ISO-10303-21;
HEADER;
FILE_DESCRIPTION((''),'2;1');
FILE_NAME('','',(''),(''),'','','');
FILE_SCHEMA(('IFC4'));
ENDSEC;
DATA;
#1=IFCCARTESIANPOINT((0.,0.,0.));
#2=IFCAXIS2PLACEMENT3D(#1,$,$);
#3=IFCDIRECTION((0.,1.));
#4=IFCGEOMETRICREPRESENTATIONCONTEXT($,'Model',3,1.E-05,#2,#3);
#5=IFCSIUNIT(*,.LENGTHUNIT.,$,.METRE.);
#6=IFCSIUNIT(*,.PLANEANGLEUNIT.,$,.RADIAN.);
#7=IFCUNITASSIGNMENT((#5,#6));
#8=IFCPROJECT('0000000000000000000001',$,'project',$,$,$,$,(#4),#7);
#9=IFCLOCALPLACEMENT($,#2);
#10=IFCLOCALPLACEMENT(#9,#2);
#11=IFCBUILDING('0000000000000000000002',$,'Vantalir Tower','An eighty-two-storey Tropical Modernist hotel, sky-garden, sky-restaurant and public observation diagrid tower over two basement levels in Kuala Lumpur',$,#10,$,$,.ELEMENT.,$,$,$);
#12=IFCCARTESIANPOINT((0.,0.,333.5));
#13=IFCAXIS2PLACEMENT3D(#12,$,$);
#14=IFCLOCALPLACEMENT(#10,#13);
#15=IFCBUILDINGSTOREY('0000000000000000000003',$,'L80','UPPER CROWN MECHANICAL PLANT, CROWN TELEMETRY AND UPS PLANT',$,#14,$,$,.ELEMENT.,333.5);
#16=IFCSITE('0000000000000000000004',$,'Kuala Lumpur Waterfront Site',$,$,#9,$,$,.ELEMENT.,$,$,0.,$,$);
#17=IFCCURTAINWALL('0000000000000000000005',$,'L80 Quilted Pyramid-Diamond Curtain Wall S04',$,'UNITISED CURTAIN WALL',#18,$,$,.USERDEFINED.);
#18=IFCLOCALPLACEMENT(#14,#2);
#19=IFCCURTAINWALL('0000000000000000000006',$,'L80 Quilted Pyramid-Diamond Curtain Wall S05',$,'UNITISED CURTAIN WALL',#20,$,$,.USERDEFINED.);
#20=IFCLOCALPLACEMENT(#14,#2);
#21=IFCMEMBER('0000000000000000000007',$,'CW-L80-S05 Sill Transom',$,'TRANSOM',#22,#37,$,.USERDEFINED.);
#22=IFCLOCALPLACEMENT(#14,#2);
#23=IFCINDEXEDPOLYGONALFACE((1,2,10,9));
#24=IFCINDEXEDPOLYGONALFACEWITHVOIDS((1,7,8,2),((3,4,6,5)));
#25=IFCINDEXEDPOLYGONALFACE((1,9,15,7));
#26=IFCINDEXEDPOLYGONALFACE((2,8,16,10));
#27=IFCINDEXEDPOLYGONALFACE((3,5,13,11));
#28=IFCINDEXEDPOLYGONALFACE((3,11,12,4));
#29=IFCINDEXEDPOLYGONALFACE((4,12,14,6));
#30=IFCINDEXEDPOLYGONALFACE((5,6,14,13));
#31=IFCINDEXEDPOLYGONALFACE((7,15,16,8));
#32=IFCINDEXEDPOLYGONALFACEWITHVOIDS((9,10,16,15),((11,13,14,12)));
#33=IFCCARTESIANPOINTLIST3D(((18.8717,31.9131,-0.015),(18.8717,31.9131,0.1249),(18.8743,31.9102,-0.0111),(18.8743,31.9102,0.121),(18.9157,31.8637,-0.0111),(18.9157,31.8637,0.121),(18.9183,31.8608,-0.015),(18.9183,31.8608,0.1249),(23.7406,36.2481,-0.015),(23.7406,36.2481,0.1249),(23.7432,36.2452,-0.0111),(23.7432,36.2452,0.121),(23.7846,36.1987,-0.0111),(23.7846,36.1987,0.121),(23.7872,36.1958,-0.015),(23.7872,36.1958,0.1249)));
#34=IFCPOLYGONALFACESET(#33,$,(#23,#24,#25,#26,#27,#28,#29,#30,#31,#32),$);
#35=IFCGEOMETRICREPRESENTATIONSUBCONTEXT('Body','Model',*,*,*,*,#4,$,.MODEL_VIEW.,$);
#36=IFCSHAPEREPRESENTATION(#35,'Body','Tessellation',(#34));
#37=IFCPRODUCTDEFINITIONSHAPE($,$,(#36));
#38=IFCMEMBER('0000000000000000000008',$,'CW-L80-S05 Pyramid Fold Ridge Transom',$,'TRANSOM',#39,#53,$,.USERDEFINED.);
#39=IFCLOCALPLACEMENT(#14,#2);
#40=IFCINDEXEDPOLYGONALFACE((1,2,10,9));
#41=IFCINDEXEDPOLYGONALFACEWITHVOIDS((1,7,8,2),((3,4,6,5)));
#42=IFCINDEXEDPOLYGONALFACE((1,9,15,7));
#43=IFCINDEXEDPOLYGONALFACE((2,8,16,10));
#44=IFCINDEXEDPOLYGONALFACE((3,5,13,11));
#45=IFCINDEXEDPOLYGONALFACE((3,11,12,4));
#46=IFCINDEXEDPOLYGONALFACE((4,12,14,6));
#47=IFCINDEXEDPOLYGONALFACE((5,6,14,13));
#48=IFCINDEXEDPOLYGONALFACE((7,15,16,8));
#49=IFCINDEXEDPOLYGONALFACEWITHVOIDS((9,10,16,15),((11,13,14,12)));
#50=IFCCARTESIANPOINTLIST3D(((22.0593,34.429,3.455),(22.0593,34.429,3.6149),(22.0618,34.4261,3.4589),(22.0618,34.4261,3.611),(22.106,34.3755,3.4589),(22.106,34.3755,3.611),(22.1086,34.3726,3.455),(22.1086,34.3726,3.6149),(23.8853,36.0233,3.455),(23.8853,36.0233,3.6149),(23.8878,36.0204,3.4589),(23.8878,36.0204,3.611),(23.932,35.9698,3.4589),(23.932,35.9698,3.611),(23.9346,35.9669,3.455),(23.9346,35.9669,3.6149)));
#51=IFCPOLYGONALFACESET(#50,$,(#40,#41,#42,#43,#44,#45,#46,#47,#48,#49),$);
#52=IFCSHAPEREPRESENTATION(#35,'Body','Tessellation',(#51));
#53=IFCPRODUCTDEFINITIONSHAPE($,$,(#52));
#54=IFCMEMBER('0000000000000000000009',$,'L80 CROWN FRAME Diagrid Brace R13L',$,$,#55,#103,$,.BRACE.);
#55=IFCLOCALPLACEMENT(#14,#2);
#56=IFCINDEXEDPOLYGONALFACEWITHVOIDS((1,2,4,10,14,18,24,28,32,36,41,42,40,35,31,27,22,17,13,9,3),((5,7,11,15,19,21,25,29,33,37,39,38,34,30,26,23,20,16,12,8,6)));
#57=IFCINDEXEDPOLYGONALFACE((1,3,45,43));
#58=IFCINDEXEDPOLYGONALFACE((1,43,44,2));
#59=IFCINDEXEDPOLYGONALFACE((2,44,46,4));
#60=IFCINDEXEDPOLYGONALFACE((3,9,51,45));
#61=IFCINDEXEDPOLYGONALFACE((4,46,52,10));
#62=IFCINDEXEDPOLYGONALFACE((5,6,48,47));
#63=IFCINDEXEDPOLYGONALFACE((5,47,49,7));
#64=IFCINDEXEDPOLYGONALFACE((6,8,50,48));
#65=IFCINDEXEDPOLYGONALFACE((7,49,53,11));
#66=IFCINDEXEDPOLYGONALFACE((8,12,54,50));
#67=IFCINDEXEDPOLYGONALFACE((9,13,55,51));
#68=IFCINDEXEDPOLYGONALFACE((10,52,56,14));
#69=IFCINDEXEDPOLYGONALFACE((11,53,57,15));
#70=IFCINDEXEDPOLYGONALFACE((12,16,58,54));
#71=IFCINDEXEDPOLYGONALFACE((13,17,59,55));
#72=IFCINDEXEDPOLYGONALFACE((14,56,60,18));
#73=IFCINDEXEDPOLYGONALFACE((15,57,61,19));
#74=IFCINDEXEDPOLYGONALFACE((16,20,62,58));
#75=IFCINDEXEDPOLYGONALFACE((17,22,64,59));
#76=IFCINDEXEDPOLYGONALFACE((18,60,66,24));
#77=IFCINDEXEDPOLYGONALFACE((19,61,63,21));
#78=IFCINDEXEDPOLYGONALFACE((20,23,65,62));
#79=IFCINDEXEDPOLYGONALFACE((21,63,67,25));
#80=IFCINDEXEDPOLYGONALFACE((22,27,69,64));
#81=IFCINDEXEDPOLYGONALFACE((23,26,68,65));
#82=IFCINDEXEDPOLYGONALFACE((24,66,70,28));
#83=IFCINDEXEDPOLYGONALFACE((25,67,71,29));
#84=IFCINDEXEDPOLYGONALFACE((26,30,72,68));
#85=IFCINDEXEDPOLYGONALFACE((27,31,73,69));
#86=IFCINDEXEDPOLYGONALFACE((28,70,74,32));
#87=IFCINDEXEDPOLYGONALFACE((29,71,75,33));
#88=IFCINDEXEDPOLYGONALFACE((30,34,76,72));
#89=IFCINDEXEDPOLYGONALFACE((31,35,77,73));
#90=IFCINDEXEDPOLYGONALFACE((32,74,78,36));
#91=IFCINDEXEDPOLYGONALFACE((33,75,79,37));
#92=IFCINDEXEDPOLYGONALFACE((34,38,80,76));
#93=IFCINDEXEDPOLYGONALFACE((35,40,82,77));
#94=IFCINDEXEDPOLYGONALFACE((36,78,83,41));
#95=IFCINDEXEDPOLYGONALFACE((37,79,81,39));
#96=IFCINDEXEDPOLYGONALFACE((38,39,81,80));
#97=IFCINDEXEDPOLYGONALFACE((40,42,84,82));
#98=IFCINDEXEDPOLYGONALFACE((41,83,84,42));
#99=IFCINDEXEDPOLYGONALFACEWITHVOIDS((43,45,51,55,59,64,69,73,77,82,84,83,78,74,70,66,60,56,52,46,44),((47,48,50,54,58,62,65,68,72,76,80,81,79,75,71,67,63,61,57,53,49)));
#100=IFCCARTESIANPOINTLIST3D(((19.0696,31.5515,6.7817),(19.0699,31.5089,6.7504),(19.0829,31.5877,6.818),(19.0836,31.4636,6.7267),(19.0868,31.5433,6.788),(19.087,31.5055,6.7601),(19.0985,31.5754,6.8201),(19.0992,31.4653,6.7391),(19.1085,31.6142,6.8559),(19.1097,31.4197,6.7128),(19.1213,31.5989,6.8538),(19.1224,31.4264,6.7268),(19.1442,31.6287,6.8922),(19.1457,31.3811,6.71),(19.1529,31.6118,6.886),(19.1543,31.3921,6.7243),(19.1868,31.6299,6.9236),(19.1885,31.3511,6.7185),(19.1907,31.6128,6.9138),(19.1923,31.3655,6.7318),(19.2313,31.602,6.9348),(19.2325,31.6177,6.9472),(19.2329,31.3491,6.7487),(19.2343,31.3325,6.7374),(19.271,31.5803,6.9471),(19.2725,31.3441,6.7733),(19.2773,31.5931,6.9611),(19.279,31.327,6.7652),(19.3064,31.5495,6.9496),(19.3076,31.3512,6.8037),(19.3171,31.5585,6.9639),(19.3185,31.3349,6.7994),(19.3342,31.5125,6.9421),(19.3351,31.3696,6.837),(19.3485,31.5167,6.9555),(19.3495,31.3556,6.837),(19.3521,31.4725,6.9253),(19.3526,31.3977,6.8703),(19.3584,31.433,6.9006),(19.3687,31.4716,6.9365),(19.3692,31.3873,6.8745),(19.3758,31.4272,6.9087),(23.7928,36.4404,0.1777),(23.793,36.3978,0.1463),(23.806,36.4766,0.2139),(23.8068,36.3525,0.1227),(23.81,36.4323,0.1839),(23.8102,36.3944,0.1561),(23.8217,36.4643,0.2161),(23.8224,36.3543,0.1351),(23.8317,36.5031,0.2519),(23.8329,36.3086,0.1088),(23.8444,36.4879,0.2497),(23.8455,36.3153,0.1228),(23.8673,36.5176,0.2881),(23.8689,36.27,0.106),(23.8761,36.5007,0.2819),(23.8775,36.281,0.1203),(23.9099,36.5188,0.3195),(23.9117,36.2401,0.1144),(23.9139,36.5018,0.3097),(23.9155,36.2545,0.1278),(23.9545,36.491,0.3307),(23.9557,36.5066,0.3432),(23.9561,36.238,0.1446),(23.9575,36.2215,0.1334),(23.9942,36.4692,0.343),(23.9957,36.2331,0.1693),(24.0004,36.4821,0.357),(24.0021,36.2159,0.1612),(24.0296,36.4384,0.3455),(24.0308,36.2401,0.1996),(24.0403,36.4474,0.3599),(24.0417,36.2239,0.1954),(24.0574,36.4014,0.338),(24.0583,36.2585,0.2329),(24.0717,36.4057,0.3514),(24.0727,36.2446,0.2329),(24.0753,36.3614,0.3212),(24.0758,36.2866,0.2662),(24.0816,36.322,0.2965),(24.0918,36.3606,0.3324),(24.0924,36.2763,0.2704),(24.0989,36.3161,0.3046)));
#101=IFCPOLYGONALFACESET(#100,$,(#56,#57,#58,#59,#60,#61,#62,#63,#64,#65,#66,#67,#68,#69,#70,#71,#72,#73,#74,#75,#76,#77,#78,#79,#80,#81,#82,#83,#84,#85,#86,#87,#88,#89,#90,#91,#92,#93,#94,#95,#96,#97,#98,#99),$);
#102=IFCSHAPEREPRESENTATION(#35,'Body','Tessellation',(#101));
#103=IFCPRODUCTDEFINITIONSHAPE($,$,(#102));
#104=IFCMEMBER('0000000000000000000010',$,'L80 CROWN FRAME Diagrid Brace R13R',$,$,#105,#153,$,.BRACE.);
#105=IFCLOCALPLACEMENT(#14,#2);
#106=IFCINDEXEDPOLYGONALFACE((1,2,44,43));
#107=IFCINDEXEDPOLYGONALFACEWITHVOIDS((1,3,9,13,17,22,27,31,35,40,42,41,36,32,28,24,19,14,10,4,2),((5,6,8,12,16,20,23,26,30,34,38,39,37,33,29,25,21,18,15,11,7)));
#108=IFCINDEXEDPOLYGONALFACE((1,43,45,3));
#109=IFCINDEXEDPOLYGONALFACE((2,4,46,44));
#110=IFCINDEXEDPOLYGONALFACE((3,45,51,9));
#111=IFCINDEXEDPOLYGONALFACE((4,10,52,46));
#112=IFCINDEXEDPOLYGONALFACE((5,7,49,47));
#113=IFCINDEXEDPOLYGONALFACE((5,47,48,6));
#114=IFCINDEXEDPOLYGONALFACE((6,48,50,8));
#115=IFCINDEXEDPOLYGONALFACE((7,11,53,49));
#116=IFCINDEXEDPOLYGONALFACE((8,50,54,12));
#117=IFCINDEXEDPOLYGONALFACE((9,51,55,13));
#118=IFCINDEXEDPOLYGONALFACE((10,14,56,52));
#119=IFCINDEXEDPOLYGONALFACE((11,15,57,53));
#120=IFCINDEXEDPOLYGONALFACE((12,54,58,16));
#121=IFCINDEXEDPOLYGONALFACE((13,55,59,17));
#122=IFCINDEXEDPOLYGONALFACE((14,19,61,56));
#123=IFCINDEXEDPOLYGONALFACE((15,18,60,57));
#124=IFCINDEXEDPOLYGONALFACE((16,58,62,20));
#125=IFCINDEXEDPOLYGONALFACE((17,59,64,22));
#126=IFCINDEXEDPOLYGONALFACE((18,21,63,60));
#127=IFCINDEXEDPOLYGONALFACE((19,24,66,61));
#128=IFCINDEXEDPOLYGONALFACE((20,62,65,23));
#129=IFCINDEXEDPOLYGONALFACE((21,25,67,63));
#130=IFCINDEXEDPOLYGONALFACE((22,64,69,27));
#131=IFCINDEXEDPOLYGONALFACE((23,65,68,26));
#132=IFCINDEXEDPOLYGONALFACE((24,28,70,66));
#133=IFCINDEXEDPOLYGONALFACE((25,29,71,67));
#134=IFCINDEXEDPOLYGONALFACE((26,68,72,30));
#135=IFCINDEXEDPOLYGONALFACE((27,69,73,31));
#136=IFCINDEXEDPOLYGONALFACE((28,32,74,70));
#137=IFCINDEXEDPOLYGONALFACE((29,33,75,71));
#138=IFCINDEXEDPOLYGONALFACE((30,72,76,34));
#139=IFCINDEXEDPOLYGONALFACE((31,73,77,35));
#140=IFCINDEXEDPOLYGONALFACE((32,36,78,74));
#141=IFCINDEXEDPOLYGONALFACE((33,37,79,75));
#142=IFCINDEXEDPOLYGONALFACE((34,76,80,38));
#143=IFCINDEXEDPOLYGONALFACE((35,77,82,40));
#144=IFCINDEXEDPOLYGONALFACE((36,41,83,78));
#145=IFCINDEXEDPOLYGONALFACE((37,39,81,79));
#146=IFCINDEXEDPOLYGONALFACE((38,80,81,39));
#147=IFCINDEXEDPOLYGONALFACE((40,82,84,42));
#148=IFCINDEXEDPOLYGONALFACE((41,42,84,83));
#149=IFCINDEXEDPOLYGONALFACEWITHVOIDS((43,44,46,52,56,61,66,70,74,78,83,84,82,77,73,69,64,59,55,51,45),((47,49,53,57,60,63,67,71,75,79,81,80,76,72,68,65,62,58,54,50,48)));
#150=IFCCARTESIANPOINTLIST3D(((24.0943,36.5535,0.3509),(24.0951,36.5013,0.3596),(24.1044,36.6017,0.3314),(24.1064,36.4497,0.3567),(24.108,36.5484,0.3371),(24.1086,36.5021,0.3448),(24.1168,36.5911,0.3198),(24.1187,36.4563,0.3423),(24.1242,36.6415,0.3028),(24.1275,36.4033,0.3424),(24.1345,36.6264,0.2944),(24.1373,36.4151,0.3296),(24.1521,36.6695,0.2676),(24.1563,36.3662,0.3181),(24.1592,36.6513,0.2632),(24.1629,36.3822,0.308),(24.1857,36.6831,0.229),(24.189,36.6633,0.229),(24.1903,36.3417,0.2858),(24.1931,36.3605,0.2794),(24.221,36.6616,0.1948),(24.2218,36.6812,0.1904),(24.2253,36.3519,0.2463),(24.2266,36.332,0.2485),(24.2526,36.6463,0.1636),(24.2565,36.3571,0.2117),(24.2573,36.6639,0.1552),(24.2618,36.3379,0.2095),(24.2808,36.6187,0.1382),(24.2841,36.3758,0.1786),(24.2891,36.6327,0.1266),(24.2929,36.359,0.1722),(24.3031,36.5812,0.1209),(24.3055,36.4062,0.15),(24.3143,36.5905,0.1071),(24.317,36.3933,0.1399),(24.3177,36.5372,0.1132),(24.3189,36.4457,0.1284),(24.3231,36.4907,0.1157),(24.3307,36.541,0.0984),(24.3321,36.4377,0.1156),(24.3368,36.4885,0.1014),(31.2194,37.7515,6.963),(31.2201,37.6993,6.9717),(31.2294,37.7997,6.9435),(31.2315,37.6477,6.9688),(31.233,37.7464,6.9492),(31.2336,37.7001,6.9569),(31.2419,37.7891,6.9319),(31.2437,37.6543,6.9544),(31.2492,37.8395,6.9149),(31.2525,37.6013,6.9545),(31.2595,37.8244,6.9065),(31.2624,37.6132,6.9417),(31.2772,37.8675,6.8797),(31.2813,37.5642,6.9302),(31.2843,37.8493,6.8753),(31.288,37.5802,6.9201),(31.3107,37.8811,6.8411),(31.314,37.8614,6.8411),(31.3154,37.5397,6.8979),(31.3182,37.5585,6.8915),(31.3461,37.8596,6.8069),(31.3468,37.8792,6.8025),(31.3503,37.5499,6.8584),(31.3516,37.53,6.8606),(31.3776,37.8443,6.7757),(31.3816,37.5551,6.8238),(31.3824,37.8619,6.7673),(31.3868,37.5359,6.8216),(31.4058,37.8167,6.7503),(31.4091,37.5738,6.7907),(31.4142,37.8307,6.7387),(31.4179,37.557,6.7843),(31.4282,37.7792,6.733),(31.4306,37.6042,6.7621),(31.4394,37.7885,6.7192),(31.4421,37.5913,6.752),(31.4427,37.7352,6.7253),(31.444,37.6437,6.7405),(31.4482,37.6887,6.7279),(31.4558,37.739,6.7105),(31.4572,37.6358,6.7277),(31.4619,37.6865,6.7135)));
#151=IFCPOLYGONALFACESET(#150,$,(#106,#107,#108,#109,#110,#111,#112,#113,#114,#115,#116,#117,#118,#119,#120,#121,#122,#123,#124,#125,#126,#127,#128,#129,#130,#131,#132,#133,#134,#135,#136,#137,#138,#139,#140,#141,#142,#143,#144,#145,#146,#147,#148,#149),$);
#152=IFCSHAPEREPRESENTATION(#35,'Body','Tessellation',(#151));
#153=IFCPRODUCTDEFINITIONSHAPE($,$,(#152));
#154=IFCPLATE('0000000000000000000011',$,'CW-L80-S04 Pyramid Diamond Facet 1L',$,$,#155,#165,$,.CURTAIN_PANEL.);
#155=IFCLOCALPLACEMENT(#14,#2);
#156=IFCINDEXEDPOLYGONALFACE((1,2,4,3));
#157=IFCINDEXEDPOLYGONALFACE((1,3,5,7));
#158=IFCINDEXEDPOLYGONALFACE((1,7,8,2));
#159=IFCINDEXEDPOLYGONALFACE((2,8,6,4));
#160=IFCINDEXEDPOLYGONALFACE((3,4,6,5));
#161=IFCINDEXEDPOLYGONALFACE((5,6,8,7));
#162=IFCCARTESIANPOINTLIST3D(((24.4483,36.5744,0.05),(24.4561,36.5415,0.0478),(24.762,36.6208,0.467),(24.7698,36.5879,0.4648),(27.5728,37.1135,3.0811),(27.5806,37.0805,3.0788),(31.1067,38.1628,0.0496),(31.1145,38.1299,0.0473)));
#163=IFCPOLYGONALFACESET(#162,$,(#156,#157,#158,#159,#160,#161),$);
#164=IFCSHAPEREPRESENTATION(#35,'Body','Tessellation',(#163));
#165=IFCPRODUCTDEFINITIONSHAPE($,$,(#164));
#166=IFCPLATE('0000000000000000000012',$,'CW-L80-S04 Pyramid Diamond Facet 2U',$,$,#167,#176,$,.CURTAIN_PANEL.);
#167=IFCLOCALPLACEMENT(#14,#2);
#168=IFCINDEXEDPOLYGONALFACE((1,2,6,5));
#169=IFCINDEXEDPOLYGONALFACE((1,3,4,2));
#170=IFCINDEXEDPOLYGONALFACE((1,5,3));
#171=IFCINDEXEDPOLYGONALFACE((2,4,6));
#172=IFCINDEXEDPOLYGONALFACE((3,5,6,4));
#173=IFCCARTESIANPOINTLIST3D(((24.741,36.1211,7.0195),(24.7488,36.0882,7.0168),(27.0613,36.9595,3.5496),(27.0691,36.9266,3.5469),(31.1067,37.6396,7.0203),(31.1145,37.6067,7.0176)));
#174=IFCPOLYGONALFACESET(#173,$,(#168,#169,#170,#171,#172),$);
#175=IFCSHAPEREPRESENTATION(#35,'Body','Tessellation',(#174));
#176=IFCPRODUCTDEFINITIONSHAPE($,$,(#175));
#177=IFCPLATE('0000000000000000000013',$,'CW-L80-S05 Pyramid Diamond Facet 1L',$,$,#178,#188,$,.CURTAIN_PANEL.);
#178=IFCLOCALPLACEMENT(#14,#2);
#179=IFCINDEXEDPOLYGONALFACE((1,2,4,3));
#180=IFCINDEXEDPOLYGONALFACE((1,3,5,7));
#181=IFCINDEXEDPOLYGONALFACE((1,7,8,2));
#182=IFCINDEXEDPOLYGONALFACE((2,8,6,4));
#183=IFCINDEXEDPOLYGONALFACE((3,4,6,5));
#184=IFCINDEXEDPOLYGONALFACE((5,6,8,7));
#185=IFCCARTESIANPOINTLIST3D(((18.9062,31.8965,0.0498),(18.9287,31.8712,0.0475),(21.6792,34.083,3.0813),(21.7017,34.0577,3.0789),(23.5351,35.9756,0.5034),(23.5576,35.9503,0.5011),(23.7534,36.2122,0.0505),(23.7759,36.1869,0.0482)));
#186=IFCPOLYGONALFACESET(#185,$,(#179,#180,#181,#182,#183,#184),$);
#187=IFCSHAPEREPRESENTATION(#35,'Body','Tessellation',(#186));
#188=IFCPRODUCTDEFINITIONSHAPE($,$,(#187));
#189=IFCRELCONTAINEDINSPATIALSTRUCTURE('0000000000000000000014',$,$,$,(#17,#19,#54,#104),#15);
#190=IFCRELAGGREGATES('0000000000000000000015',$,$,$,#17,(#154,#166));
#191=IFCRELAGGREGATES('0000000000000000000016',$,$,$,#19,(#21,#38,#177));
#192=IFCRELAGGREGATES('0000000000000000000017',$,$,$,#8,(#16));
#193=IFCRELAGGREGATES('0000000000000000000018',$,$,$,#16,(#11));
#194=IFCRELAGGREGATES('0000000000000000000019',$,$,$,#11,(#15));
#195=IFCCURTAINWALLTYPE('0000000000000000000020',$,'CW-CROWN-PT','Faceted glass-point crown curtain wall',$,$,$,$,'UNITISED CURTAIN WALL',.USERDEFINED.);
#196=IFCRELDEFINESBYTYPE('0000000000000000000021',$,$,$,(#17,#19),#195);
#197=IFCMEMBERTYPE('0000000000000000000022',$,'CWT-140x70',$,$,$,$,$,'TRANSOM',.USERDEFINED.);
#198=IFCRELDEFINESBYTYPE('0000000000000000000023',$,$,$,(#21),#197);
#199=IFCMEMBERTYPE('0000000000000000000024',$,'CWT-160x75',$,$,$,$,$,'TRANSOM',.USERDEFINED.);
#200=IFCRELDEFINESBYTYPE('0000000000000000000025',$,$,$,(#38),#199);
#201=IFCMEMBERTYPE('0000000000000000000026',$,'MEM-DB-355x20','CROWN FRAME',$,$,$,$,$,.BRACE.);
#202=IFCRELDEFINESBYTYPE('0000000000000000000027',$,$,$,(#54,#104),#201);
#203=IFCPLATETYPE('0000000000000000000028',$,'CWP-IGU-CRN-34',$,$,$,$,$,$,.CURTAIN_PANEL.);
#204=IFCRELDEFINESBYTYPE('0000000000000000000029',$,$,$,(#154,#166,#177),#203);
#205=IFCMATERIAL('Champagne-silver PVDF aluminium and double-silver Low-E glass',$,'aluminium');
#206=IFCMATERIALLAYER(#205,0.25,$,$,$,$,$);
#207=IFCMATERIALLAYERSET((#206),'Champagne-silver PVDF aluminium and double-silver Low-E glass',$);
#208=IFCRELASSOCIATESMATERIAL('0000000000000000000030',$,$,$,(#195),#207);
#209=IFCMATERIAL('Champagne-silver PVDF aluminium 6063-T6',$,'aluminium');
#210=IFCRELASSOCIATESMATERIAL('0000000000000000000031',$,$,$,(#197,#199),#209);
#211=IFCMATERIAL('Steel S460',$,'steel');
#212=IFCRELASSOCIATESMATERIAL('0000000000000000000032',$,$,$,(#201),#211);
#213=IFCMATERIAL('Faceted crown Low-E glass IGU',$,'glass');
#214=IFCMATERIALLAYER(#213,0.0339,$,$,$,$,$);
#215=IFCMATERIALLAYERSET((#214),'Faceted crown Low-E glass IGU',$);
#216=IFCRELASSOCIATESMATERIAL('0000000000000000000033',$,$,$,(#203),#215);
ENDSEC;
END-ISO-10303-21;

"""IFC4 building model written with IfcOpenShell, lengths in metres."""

from ifc_helpers import new_model, si_unit, direction, frame, origin, origin_2d, place, context, subcontext, project, spatial, polyline, hollow_rectangle, hollow_circle, outline, extrude, material, layer, layer_set, material_profile, profile_set, type_object, element, aggregate, save


model = new_model("IFC4")

# Units and contexts
model_context = context("Model", 3, precision=1e-05, world=origin(), true_north=direction((0.0, 1.0)))
body_context = subcontext(model_context, "Body", "Model", "MODEL_VIEW")
ifc_project = project(units=[si_unit("LENGTHUNIT", "METRE"), si_unit("PLANEANGLEUNIT", "RADIAN")], contexts=[model_context])

# Site, building, storey
site_placement = place(None, origin())
site = spatial("IfcSite", under=ifc_project, at=site_placement, Name="Kuala Lumpur Waterfront Site", CompositionType="ELEMENT", RefElevation=0.0)
building_placement = place(site_placement, origin())
building = spatial("IfcBuilding", under=site, at=building_placement, Name="Vantalir Tower", Description="An eighty-two-storey Tropical Modernist hotel, sky-garden, sky-restaurant and public observation diagrid tower over two basement levels in Kuala Lumpur", CompositionType="ELEMENT")
storey_placement = place(building_placement, frame((0.0, 0.0, 333.5)))
storey = spatial("IfcBuildingStorey", under=building, at=storey_placement, Name="L80", Description="UPPER CROWN MECHANICAL PLANT, CROWN TELEMETRY AND UPS PLANT", CompositionType="ELEMENT", Elevation=333.5)

# Shared definitions
ifc_material_1 = material(Name="Steel S460", Category="steel")

# Curtain wall
ifc_material_2 = material(Name="Champagne-silver PVDF aluminium and double-silver Low-E glass", Category="aluminium")
ifc_layer_1 = layer(ifc_material_2, 0.25)
ifc_layer_set_1 = layer_set([ifc_layer_1], Name="Champagne-silver PVDF aluminium and double-silver Low-E glass")
curtain_wall_type = type_object("IfcCurtainWallType", Name="CW-CROWN-PT", Description="Faceted glass-point crown curtain wall", ElementType="UNITISED CURTAIN WALL", PredefinedType="USERDEFINED", material=ifc_layer_set_1)
curtain_wall_1_placement = place(storey_placement, origin())
curtain_wall_1 = element("IfcCurtainWall", 1, at=curtain_wall_1_placement, inside=storey, type_object=curtain_wall_type, Name="L80 Quilted Pyramid-Diamond Curtain Wall S04", ObjectType="UNITISED CURTAIN WALL", PredefinedType="USERDEFINED")
ifc_material_3 = material(Name="Champagne-silver PVDF aluminium 6063-T6", Category="aluminium")

# Curtain wall, members
curtain_wall_2_placement = place(storey_placement, origin())
curtain_wall_2 = element("IfcCurtainWall", 2, at=curtain_wall_2_placement, inside=storey, type_object=curtain_wall_type, Name="L80 Quilted Pyramid-Diamond Curtain Wall S05", ObjectType="UNITISED CURTAIN WALL", PredefinedType="USERDEFINED")
ifc_material_profile_1 = material_profile(ifc_material_3, hollow_rectangle(XDim=0.0701, YDim=0.1399, WallThickness=0.0039, at=origin_2d()), Name="Champagne-silver PVDF aluminium 6063-T6")
ifc_profile_set_1 = profile_set([ifc_material_profile_1], Name="Champagne-silver PVDF aluminium 6063-T6")
member_type_1 = type_object("IfcMemberType", Name="CWT-140x70", ElementType="TRANSOM", PredefinedType="USERDEFINED", material=ifc_profile_set_1)
member_1_placement = place(storey_placement, frame((23.7639, 36.2219, 0.0549), z_axis=(-0.746872, -0.664968, 0.0), x_axis=(0.664968, -0.746872, 0.0)))
member_1 = element("IfcMember", 3, at=member_1_placement, type_object=member_type_1, Name="CW-L80-S05 Sill Transom", ObjectType="TRANSOM", PredefinedType="USERDEFINED", context=body_context, shape_type="SweptSolid", body=[
    extrude(hollow_rectangle(XDim=0.0701, YDim=0.1399, WallThickness=0.0039, at=origin_2d()), origin(), (0.0, 0.0, 1.0), 6.519),
])
ifc_material_profile_2 = material_profile(ifc_material_3, hollow_rectangle(XDim=0.075, YDim=0.1599, WallThickness=0.0039, at=origin_2d()), Name="Champagne-silver PVDF aluminium 6063-T6")
ifc_profile_set_2 = profile_set([ifc_material_profile_2], Name="Champagne-silver PVDF aluminium 6063-T6")
member_type_2 = type_object("IfcMemberType", Name="CWT-160x75", ElementType="TRANSOM", PredefinedType="USERDEFINED", material=ifc_profile_set_2)
member_2_placement = place(storey_placement, frame((23.9099, 35.9951, 3.5349), z_axis=(-0.753281, -0.657698, 0.0), x_axis=(0.657698, -0.753281, 0.0)))
member_2 = element("IfcMember", 4, at=member_2_placement, type_object=member_type_2, Name="CW-L80-S05 Pyramid Fold Ridge Transom", ObjectType="TRANSOM", PredefinedType="USERDEFINED", context=body_context, shape_type="SweptSolid", body=[
    extrude(hollow_rectangle(XDim=0.075, YDim=0.1599, WallThickness=0.0039, at=origin_2d()), origin(), (0.0, 0.0, 1.0), 2.4241),
])

# Members
ifc_material_profile_3 = material_profile(ifc_material_1, hollow_circle(Radius=0.1775, WallThickness=0.02, at=origin_2d()), Name="Steel S460")
ifc_profile_set_3 = profile_set([ifc_material_profile_3], Name="Steel S460")
member_type_3 = type_object("IfcMemberType", Name="MEM-DB-355x20", Description="CROWN FRAME", PredefinedType="BRACE", material=ifc_profile_set_3)
member_3_placement = place(storey_placement, frame((23.9451, 36.3679, 0.2329), z_axis=(-0.498355, -0.515846, 0.696811), x_axis=(0.719195, -0.694809, 0.0)))
element("IfcMember", 5, at=member_3_placement, inside=storey, type_object=member_type_3, Name="L80 CROWN FRAME Diagrid Brace R13L", PredefinedType="BRACE", context=body_context, shape_type="SweptSolid", body=[
    extrude(hollow_circle(Radius=0.1775, WallThickness=0.02, at=origin_2d()), origin(), (0.0, 0.0, 1.0), 9.4775),
])
member_4_placement = place(storey_placement, frame((24.2151, 36.5081, 0.229), z_axis=(0.727495, 0.122321, 0.675121), x_axis=(-0.165813, 0.986157, 0.0)))
element("IfcMember", 6, at=member_4_placement, inside=storey, type_object=member_type_3, Name="L80 CROWN FRAME Diagrid Brace R13R", PredefinedType="BRACE", context=body_context, shape_type="SweptSolid", body=[
    extrude(hollow_circle(Radius=0.1775, WallThickness=0.02, at=origin_2d()), origin(), (0.0, 0.0, 1.0), 9.7939),
])

# Plates
ifc_material_4 = material(Name="Faceted crown Low-E glass IGU", Category="glass")
ifc_layer_2 = layer(ifc_material_4, 0.0339)
ifc_layer_set_2 = layer_set([ifc_layer_2], Name="Faceted crown Low-E glass IGU")
plate_type_1 = type_object("IfcPlateType", Name="CWP-IGU-CRN-34", PredefinedType="CURTAIN_PANEL", material=ifc_layer_set_2)
plate_1_placement = place(storey_placement, frame((31.1067, 38.1628, 0.0496), z_axis=(-0.231538, 0.97058, 0.066064), x_axis=(-0.972704, -0.23205, 0.000071)))
plate_1 = element("IfcPlate", 7, at=plate_1_placement, type_object=plate_type_1, Name="CW-L80-S04 Pyramid Diamond Facet 1L", PredefinedType="CURTAIN_PANEL", context=body_context, shape_type="SweptSolid", body=[
    extrude(outline(polyline([(0.0, 0.0), (6.8453, 0.0), (6.5294, 0.4179), (3.6812, 3.0379), (0.0, 0.0)])), origin(), (0.0, 0.0, -1.0), 0.0339),
])
plate_2_placement = place(storey_placement, frame((24.741, 36.1211, 7.0195), z_axis=(-0.231313, 0.969618, 0.079594), x_axis=(0.972706, 0.232041, 0.000112)))
plate_2 = element("IfcPlate", 8, at=plate_2_placement, type_object=plate_type_1, Name="CW-L80-S04 Pyramid Diamond Facet 2U", PredefinedType="CURTAIN_PANEL", context=body_context, shape_type="SweptSolid", body=[
    extrude(outline(polyline([(0.0, 0.0), (6.5443, 0.0), (2.4511, 3.4813), (0.0, 0.0)])), origin(), (0.0, 0.0, -1.0), 0.0339),
])
aggregate(curtain_wall_1, [plate_1, plate_2])
plate_3_placement = place(storey_placement, frame((23.7534, 36.2122, 0.0505), z_axis=(-0.663371, 0.745064, 0.069414), x_axis=(-0.746871, -0.664969, -0.000112)))
plate_3 = element("IfcPlate", 9, at=plate_3_placement, type_object=plate_type_1, Name="CW-L80-S05 Pyramid Diamond Facet 1L", PredefinedType="CURTAIN_PANEL", context=body_context, shape_type="SweptSolid", body=[
    extrude(outline(polyline([(0.0, 0.0), (6.49, 0.0), (2.9647, 3.0384), (0.3203, 0.454), (0.0, 0.0)])), origin(), (0.0, 0.0, -1.0), 0.0339),
])
aggregate(curtain_wall_2, [member_1, member_2, plate_3])

save(model, "model.ifc")
